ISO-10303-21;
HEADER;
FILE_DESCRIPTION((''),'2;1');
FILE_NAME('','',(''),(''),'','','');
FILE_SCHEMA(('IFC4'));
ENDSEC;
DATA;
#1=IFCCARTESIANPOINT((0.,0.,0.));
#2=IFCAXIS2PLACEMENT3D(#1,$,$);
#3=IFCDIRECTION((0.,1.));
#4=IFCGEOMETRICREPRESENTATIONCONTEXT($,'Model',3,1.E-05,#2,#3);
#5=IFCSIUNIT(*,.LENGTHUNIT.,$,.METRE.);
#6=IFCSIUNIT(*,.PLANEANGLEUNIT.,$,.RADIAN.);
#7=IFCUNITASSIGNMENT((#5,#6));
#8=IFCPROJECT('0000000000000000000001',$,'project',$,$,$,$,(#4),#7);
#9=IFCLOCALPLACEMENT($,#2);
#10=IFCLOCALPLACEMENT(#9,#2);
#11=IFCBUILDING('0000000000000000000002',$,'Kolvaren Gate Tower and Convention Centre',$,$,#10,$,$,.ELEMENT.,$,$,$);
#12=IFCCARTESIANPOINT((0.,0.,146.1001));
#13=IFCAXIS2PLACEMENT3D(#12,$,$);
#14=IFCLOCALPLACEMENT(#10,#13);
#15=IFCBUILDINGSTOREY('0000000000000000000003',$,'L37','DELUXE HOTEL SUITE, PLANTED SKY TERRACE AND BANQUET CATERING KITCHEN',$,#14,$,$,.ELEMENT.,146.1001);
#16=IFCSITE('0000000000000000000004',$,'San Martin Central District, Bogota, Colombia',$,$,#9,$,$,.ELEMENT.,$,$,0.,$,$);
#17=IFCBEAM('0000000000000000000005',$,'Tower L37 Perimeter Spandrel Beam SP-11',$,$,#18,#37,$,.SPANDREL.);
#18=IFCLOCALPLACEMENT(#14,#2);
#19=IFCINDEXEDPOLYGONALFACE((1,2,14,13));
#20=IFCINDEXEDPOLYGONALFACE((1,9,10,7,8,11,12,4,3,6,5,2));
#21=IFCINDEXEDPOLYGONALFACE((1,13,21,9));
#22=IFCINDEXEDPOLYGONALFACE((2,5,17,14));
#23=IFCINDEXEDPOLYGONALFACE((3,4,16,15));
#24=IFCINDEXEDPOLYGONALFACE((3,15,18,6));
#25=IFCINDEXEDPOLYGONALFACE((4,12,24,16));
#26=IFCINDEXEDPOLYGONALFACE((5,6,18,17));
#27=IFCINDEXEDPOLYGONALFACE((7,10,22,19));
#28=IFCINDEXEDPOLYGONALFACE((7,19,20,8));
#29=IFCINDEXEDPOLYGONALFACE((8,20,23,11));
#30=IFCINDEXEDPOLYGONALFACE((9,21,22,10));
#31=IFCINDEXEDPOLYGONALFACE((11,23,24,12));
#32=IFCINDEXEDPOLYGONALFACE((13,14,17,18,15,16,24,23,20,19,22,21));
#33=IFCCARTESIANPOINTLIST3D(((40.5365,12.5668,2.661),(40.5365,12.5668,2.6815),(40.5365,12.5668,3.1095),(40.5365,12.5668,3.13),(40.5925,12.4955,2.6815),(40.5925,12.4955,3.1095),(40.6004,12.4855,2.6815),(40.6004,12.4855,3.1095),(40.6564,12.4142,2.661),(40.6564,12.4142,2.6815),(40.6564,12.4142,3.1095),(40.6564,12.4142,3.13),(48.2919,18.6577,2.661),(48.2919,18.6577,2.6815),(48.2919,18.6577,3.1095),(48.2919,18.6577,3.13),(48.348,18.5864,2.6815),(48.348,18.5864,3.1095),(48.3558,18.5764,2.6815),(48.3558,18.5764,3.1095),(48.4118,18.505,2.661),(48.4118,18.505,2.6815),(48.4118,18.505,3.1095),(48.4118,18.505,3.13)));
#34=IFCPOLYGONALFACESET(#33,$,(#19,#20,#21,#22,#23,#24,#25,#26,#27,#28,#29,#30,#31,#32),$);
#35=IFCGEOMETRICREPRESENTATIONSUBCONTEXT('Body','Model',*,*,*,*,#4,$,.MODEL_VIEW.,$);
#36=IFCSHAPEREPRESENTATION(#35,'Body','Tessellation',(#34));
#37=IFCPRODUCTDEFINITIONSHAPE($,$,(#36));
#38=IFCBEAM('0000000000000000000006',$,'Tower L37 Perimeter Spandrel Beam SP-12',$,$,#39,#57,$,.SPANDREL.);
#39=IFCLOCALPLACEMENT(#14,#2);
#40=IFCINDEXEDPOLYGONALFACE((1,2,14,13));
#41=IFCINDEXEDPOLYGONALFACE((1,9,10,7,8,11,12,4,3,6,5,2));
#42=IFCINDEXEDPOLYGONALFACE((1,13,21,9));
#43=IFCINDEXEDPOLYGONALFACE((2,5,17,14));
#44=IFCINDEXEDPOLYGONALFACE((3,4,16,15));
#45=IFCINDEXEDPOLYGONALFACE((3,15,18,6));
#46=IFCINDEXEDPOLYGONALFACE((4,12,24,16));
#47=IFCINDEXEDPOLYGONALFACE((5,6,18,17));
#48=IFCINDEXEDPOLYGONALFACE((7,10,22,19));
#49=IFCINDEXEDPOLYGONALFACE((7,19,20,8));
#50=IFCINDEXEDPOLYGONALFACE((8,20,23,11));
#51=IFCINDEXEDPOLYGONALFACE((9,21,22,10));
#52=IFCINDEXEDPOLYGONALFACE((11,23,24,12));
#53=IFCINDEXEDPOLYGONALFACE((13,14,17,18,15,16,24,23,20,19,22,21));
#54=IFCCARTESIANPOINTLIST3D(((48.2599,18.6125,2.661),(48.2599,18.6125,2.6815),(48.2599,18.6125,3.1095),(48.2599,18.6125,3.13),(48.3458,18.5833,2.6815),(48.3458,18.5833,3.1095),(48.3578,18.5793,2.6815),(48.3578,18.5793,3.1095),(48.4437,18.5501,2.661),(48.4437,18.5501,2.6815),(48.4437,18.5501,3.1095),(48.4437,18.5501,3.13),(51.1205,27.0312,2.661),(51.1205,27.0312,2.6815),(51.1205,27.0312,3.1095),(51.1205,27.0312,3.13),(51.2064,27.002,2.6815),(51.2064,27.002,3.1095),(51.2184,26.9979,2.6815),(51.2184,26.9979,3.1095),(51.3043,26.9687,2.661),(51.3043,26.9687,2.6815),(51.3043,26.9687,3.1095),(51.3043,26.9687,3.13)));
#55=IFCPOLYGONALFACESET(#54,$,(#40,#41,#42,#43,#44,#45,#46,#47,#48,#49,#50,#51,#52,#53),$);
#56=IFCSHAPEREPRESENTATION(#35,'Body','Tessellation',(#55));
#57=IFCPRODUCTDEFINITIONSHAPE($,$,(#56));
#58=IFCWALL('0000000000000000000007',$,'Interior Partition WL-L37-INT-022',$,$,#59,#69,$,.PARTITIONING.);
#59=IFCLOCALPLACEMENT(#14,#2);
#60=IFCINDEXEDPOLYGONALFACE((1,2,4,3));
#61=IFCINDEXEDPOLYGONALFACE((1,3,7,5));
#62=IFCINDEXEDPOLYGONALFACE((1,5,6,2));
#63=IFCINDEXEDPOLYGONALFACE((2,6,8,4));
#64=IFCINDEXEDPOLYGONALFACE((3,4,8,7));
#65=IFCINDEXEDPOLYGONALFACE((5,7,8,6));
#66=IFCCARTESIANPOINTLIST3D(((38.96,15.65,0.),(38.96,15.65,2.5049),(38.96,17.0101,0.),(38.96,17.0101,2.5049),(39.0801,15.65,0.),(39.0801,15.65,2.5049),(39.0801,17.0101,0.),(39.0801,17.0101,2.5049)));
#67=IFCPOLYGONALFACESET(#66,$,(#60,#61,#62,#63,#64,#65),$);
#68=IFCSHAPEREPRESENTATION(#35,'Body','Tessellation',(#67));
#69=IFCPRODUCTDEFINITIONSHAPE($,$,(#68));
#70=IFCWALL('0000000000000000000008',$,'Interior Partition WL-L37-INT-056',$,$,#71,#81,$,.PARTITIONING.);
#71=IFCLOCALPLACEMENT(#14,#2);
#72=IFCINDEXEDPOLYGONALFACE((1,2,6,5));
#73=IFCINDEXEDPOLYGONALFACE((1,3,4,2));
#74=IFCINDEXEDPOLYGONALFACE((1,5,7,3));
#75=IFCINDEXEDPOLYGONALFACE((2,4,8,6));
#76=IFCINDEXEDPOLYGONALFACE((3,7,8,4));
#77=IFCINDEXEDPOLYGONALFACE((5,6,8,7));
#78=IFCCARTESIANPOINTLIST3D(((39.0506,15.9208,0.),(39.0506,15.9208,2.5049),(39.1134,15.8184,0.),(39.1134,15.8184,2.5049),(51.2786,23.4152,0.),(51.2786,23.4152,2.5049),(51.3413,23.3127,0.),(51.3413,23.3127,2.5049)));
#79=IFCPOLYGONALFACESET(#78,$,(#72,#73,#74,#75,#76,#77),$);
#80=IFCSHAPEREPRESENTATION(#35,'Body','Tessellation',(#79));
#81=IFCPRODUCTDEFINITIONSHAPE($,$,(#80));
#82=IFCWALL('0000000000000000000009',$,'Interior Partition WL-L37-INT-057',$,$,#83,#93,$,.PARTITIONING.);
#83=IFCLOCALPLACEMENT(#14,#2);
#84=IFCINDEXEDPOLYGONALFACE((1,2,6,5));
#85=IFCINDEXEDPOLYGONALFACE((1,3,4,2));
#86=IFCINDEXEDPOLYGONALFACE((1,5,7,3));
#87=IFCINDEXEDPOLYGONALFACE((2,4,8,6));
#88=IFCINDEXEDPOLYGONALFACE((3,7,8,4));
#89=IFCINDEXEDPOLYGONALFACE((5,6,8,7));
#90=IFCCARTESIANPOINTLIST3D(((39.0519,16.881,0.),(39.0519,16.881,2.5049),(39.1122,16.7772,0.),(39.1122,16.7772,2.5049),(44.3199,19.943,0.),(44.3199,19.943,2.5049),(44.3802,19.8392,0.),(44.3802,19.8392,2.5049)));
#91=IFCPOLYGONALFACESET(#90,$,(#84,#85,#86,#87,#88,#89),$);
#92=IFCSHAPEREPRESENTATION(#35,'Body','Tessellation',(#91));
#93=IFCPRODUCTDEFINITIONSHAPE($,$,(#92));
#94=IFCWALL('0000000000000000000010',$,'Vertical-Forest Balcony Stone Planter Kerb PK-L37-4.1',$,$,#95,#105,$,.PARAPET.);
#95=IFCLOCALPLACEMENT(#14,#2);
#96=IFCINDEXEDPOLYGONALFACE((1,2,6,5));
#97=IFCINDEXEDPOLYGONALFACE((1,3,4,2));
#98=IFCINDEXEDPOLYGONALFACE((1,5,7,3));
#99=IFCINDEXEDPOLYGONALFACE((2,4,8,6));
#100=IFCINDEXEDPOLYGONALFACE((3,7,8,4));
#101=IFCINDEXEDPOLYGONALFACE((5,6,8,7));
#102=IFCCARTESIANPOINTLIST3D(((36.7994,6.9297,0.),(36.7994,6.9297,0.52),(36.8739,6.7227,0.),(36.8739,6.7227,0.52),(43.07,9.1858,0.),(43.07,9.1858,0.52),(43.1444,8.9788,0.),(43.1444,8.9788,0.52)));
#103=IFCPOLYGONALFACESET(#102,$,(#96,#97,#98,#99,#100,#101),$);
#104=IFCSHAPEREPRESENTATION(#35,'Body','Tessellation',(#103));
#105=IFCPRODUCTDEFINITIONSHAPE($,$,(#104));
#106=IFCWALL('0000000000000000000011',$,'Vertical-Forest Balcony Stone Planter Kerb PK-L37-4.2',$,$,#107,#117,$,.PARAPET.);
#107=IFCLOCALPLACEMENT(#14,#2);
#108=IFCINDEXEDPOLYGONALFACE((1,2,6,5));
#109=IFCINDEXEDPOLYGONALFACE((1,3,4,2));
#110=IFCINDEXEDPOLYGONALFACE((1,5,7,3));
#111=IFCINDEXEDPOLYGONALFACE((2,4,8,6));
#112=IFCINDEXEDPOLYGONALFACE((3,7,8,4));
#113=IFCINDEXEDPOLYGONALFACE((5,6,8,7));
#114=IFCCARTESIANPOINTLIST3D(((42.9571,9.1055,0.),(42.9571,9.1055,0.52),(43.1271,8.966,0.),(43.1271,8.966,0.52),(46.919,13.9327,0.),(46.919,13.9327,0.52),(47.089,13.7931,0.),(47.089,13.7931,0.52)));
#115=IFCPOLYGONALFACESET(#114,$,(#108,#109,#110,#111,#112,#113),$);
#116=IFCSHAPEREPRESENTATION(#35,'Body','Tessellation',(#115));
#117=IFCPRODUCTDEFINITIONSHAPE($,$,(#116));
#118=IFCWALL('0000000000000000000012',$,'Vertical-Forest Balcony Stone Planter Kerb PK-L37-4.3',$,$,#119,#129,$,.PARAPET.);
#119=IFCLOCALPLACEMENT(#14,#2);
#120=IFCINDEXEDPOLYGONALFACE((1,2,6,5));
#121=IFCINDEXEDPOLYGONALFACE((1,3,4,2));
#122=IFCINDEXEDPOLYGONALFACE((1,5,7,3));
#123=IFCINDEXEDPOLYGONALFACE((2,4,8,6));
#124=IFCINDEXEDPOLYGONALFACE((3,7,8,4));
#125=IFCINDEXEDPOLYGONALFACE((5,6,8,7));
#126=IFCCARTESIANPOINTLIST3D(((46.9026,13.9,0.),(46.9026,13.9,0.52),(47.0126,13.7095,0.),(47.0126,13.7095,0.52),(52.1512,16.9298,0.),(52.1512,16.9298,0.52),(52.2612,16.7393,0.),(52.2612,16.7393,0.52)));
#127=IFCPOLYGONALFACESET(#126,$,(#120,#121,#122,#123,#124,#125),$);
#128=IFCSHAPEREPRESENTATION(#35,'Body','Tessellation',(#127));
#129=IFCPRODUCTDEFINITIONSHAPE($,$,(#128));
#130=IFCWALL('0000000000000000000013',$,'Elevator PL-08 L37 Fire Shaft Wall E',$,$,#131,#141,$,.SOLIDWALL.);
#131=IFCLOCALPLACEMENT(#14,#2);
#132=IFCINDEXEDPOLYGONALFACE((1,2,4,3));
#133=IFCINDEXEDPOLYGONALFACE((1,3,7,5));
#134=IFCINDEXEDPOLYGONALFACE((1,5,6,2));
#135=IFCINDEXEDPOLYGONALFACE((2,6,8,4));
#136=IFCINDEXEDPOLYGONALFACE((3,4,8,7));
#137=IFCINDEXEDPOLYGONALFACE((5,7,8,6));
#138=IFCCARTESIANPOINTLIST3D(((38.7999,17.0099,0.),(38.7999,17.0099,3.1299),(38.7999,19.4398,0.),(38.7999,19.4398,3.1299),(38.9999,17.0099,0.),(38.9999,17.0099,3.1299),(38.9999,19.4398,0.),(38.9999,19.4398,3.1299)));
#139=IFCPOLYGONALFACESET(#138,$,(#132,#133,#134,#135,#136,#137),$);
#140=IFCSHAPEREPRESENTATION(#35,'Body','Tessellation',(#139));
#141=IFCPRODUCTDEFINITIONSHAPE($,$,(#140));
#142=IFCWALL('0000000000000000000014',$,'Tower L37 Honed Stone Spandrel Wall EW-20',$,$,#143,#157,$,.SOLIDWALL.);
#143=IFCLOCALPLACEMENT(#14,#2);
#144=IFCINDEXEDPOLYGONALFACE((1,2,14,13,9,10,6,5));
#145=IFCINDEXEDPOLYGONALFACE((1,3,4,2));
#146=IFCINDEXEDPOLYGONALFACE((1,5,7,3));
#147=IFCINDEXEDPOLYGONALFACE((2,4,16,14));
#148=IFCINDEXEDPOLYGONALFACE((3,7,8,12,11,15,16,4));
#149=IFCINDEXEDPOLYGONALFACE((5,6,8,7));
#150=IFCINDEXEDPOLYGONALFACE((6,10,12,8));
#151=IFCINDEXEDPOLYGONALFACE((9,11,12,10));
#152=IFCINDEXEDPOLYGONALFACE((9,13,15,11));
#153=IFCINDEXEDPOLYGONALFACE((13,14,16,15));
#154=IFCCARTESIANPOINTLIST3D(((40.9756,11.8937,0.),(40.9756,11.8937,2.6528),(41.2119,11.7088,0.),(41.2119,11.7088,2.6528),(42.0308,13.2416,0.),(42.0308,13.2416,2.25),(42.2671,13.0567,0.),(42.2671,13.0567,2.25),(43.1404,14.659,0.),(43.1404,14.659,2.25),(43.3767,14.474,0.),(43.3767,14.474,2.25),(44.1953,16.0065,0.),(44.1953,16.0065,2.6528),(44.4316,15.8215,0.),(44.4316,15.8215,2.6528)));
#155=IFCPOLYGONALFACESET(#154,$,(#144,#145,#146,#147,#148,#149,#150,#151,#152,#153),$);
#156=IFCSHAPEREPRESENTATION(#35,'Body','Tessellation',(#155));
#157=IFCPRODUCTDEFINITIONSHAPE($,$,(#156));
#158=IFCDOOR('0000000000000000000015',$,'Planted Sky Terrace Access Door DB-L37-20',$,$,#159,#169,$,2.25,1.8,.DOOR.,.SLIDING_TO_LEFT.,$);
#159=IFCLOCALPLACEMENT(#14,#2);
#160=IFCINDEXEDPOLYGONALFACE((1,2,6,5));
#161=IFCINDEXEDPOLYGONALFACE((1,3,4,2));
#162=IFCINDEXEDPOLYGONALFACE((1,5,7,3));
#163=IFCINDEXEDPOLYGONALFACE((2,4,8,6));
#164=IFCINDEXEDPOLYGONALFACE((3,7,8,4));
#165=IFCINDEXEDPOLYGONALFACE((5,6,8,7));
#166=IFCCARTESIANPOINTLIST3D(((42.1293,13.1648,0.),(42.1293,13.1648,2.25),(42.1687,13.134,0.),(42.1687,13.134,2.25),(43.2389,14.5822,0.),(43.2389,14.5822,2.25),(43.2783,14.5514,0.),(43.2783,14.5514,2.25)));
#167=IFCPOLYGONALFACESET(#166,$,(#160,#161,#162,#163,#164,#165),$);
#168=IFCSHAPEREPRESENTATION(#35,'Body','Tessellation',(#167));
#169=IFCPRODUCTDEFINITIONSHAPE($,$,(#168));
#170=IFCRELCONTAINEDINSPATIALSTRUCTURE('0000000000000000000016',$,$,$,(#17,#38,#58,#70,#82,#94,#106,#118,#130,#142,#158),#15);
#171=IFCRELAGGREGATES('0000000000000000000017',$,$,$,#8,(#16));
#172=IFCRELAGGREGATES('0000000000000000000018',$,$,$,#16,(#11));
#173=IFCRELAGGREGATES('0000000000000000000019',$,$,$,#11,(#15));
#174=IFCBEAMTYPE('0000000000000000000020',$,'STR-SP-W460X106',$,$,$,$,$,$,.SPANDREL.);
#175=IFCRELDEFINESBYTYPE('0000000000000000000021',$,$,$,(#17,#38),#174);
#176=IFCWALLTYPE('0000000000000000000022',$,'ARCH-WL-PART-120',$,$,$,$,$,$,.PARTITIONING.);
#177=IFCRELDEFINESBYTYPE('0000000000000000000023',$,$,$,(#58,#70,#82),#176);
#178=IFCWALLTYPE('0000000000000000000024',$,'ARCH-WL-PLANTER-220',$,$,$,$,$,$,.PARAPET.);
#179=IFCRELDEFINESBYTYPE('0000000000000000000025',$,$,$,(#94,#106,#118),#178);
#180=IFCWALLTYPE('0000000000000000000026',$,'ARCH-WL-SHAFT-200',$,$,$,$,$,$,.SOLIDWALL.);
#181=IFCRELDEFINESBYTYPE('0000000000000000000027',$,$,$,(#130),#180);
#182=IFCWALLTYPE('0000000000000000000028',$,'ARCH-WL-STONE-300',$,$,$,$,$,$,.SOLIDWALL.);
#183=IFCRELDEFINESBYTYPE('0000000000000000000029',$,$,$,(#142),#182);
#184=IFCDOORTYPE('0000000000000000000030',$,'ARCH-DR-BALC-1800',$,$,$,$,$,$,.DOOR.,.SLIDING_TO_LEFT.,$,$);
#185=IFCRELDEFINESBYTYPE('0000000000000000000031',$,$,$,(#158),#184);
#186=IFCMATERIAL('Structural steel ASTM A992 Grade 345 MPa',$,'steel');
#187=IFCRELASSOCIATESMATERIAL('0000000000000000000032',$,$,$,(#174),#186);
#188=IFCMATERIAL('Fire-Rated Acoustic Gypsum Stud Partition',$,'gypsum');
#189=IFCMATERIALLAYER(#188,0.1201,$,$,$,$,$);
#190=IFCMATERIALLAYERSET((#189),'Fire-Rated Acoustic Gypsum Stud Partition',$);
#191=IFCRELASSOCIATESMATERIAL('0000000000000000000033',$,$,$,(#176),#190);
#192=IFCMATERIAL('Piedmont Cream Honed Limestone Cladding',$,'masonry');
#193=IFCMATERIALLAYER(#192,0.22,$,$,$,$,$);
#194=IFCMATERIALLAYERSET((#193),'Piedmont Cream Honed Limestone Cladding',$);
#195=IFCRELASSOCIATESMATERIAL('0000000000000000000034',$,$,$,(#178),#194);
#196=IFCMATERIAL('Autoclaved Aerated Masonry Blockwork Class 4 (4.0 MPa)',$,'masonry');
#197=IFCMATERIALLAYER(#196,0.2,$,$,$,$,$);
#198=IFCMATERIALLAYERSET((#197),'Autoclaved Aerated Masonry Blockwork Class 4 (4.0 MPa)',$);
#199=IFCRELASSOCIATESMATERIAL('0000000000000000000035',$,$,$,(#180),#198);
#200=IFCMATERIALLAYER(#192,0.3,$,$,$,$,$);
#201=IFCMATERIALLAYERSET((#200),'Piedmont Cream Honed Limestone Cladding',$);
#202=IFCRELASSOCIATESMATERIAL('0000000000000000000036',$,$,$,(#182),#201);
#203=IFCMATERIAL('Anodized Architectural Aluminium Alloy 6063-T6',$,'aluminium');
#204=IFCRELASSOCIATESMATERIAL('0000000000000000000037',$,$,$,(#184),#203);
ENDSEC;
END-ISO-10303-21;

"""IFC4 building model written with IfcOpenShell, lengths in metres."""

from ifc_helpers import new_model, si_unit, direction, frame, frame_2d, origin, origin_2d, place, context, subcontext, project, spatial, rectangle, i_section, extrude, material, layer, layer_set, material_profile, profile_set, type_object, element, fill, save


model = new_model("IFC4")

# Units and contexts
model_context = context("Model", 3, precision=1e-05, world=origin(), true_north=direction((0.0, 1.0)))
body_context = subcontext(model_context, "Body", "Model", "MODEL_VIEW")
ifc_project = project(units=[si_unit("LENGTHUNIT", "METRE"), si_unit("PLANEANGLEUNIT", "RADIAN")], contexts=[model_context])

# Site, building, storey
site_placement = place(None, origin())
site = spatial("IfcSite", under=ifc_project, at=site_placement, Name="San Martin Central District, Bogota, Colombia", CompositionType="ELEMENT", RefElevation=0.0)
building_placement = place(site_placement, origin())
building = spatial("IfcBuilding", under=site, at=building_placement, Name="Kolvaren Gate Tower and Convention Centre", CompositionType="ELEMENT")
storey_placement = place(building_placement, frame((0.0, 0.0, 146.1001)))
storey = spatial("IfcBuildingStorey", under=building, at=storey_placement, Name="L37", Description="DELUXE HOTEL SUITE, PLANTED SKY TERRACE AND BANQUET CATERING KITCHEN", CompositionType="ELEMENT", Elevation=146.1001)

# Beams
ifc_material_1 = material(Name="Structural steel ASTM A992 Grade 345 MPa", Category="steel")
ifc_material_profile_1 = material_profile(ifc_material_1, i_section(OverallWidth=0.1941, OverallDepth=0.469, WebThickness=0.0127, FlangeThickness=0.0205, at=origin_2d()), Name="W460X106")
ifc_profile_set_1 = profile_set([ifc_material_profile_1], Name="Structural steel ASTM A992 Grade 345 MPa")
beam_type_1 = type_object("IfcBeamType", Name="STR-SP-W460X106", PredefinedType="SPANDREL", material=ifc_profile_set_1)
beam_1_placement = place(storey_placement, frame((40.5964, 12.4905, 2.8955), z_axis=(0.786451, 0.617653, 0.0), x_axis=(-0.617653, 0.786451, 0.0)))
element("IfcBeam", 1, at=beam_1_placement, inside=storey, type_object=beam_type_1, Name="Tower L37 Perimeter Spandrel Beam SP-11", PredefinedType="SPANDREL", context=body_context, shape_type="SweptSolid", body=[
    extrude(i_section(OverallWidth=0.1941, OverallDepth=0.469, WebThickness=0.0127, FlangeThickness=0.0205, at=origin_2d()), origin(), (0.0, 0.0, 1.0), 9.8613),
])
beam_2_placement = place(storey_placement, frame((48.3518, 18.5813, 2.8955), z_axis=(0.321725, 0.946833, 0.0), x_axis=(-0.946833, 0.321725, 0.0)))
element("IfcBeam", 2, at=beam_2_placement, inside=storey, type_object=beam_type_1, Name="Tower L37 Perimeter Spandrel Beam SP-12", PredefinedType="SPANDREL", context=body_context, shape_type="SweptSolid", body=[
    extrude(i_section(OverallWidth=0.1941, OverallDepth=0.469, WebThickness=0.0127, FlangeThickness=0.0205, at=origin_2d()), origin(), (0.0, 0.0, 1.0), 8.8914),
])

# Walls
ifc_material_2 = material(Name="Fire-Rated Acoustic Gypsum Stud Partition", Category="gypsum")
ifc_layer_1 = layer(ifc_material_2, 0.1201)
ifc_layer_set_1 = layer_set([ifc_layer_1], Name="Fire-Rated Acoustic Gypsum Stud Partition")
wall_type_1 = type_object("IfcWallType", Name="ARCH-WL-PART-120", PredefinedType="PARTITIONING", material=ifc_layer_set_1)
wall_1_placement = place(storey_placement, frame((39.02, 15.6499, 0.0), z_axis=(0.0, 0.0, 1.0), x_axis=(0.0, 1.0, 0.0)))
element("IfcWall", 3, at=wall_1_placement, inside=storey, type_object=wall_type_1, Name="Interior Partition WL-L37-INT-022", PredefinedType="PARTITIONING", context=body_context, shape_type="SweptSolid", body=[
    extrude(rectangle(XDim=1.3601, YDim=0.1201, at=frame_2d((0.6802, 0.0))), origin(), (0.0, 0.0, 1.0), 2.5049),
])
wall_2_placement = place(storey_placement, frame((39.082, 15.8696, 0.0), z_axis=(0.0, 0.0, 1.0), x_axis=(0.852608, 0.522551, 0.0)))
element("IfcWall", 4, at=wall_2_placement, inside=storey, type_object=wall_type_1, Name="Interior Partition WL-L37-INT-056", PredefinedType="PARTITIONING", context=body_context, shape_type="SweptSolid", body=[
    extrude(rectangle(XDim=14.3418, YDim=0.1201, at=frame_2d((7.1709, 0.0))), origin(), (0.0, 0.0, 1.0), 2.5049),
])
wall_3_placement = place(storey_placement, frame((39.082, 16.8291, 0.0), z_axis=(0.0, 0.0, 1.0), x_axis=(0.864565, 0.50252, 0.0)))
element("IfcWall", 5, at=wall_3_placement, inside=storey, type_object=wall_type_1, Name="Interior Partition WL-L37-INT-057", PredefinedType="PARTITIONING", context=body_context, shape_type="SweptSolid", body=[
    extrude(rectangle(XDim=6.0933, YDim=0.1201, at=frame_2d((3.0466, 0.0))), origin(), (0.0, 0.0, 1.0), 2.5049),
])
ifc_material_3 = material(Name="Piedmont Cream Honed Limestone Cladding", Category="masonry")
ifc_layer_2 = layer(ifc_material_3, 0.22)
ifc_layer_set_2 = layer_set([ifc_layer_2], Name="Piedmont Cream Honed Limestone Cladding")
wall_type_2 = type_object("IfcWallType", Name="ARCH-WL-PLANTER-220", PredefinedType="PARAPET", material=ifc_layer_set_2)
wall_4_placement = place(storey_placement, frame((36.8367, 6.8262, 0.0), z_axis=(0.0, 0.0, 1.0), x_axis=(0.940949, 0.33855, 0.0)))
element("IfcWall", 6, at=wall_4_placement, inside=storey, type_object=wall_type_2, Name="Vertical-Forest Balcony Stone Planter Kerb PK-L37-4.1", PredefinedType="PARAPET", context=body_context, shape_type="SweptSolid", body=[
    extrude(rectangle(XDim=6.6641, YDim=0.22, at=frame_2d((3.332, 0.0))), origin(), (0.0, 0.0, 1.0), 0.52),
])
wall_5_placement = place(storey_placement, frame((43.042, 9.0356, 0.0), z_axis=(0.0, 0.0, 1.0), x_axis=(0.634429, 0.772981, 0.0)))
element("IfcWall", 7, at=wall_5_placement, inside=storey, type_object=wall_type_2, Name="Vertical-Forest Balcony Stone Planter Kerb PK-L37-4.2", PredefinedType="PARAPET", context=body_context, shape_type="SweptSolid", body=[
    extrude(rectangle(XDim=6.2449, YDim=0.22, at=frame_2d((3.1226, 0.0))), origin(), (0.0, 0.0, 1.0), 0.52),
])
wall_6_placement = place(storey_placement, frame((46.9575, 13.8047, 0.0), z_axis=(0.0, 0.0, 1.0), x_axis=(0.866058, 0.499943, 0.0)))
element("IfcWall", 8, at=wall_6_placement, inside=storey, type_object=wall_type_2, Name="Vertical-Forest Balcony Stone Planter Kerb PK-L37-4.3", PredefinedType="PARAPET", context=body_context, shape_type="SweptSolid", body=[
    extrude(rectangle(XDim=6.0603, YDim=0.22, at=frame_2d((3.0303, 0.0))), origin(), (0.0, 0.0, 1.0), 0.52),
])
ifc_material_4 = material(Name="Autoclaved Aerated Masonry Blockwork Class 4 (4.0 MPa)", Category="masonry")
ifc_layer_3 = layer(ifc_material_4, 0.2)
ifc_layer_set_3 = layer_set([ifc_layer_3], Name="Autoclaved Aerated Masonry Blockwork Class 4 (4.0 MPa)")
wall_type_3 = type_object("IfcWallType", Name="ARCH-WL-SHAFT-200", PredefinedType="SOLIDWALL", material=ifc_layer_set_3)
wall_7_placement = place(storey_placement, frame((38.8999, 17.01, 0.0), z_axis=(0.0, 0.0, 1.0), x_axis=(0.0, 1.0, 0.0)))
element("IfcWall", 9, at=wall_7_placement, inside=storey, type_object=wall_type_3, Name="Elevator PL-08 L37 Fire Shaft Wall E", PredefinedType="SOLIDWALL", context=body_context, shape_type="SweptSolid", body=[
    extrude(rectangle(XDim=2.4299, YDim=0.2, at=frame_2d((1.2148, 0.0))), origin(), (0.0, 0.0, 1.0), 3.1299),
])

# Wall, opening, door
ifc_layer_4 = layer(ifc_material_3, 0.3)
ifc_layer_set_4 = layer_set([ifc_layer_4], Name="Piedmont Cream Honed Limestone Cladding")
wall_type_4 = type_object("IfcWallType", Name="ARCH-WL-STONE-300", PredefinedType="SOLIDWALL", material=ifc_layer_set_4)
wall_8_placement = place(storey_placement, frame((41.0938, 11.8013, 0.0), z_axis=(0.0, 0.0, 1.0), x_axis=(0.616429, 0.78741, 0.0)))
wall_8 = element("IfcWall", 10, at=wall_8_placement, inside=storey, type_object=wall_type_4, Name="Tower L37 Honed Stone Spandrel Wall EW-20", PredefinedType="SOLIDWALL", context=body_context, shape_type="SweptSolid", body=[
    extrude(rectangle(XDim=5.2231, YDim=0.3, at=frame_2d((2.6116, 0.0))), origin(), (0.0, 0.0, 1.0), 2.6528),
])
opening_1_placement = place(wall_8_placement, frame((1.7119, 0.0, 0.0)))
opening_1 = element("IfcOpeningElement", 11, at=opening_1_placement, cuts=wall_8, PredefinedType="OPENING", context=body_context, shape_type="SweptSolid", body=[
    extrude(rectangle(XDim=1.8, YDim=2.25, at=frame_2d((0.8999, 1.125))), frame((0.0, 0.1599, 0.0), z_axis=(0.0, -1.0, 0.0), x_axis=(1.0, 0.0, 0.0)), (0.0, 0.0, 1.0), 0.3201),
])
ifc_material_5 = material(Name="Anodized Architectural Aluminium Alloy 6063-T6", Category="aluminium")
door_type = type_object("IfcDoorType", Name="ARCH-DR-BALC-1800", OperationType="SLIDING_TO_LEFT", PredefinedType="DOOR", material=ifc_material_5)
door_placement = place(opening_1_placement, frame((1.8, 0.0, 0.0), z_axis=(0.0, 0.0, 1.0), x_axis=(-1.0, 0.0, 0.0)))
door = element("IfcDoor", 12, at=door_placement, inside=storey, type_object=door_type, Name="Planted Sky Terrace Access Door DB-L37-20", OperationType="SLIDING_TO_LEFT", OverallHeight=2.25, OverallWidth=1.8, PredefinedType="DOOR", context=body_context, shape_type="SweptSolid", body=[
    extrude(rectangle(XDim=1.8, YDim=2.25, at=frame_2d((0.8999, 1.125))), frame((0.0, 0.0249, 0.0), z_axis=(0.0, -1.0, 0.0), x_axis=(1.0, 0.0, 0.0)), (0.0, 0.0, 1.0), 0.05),
])
fill(opening_1, door)

save(model, "model.ifc")
